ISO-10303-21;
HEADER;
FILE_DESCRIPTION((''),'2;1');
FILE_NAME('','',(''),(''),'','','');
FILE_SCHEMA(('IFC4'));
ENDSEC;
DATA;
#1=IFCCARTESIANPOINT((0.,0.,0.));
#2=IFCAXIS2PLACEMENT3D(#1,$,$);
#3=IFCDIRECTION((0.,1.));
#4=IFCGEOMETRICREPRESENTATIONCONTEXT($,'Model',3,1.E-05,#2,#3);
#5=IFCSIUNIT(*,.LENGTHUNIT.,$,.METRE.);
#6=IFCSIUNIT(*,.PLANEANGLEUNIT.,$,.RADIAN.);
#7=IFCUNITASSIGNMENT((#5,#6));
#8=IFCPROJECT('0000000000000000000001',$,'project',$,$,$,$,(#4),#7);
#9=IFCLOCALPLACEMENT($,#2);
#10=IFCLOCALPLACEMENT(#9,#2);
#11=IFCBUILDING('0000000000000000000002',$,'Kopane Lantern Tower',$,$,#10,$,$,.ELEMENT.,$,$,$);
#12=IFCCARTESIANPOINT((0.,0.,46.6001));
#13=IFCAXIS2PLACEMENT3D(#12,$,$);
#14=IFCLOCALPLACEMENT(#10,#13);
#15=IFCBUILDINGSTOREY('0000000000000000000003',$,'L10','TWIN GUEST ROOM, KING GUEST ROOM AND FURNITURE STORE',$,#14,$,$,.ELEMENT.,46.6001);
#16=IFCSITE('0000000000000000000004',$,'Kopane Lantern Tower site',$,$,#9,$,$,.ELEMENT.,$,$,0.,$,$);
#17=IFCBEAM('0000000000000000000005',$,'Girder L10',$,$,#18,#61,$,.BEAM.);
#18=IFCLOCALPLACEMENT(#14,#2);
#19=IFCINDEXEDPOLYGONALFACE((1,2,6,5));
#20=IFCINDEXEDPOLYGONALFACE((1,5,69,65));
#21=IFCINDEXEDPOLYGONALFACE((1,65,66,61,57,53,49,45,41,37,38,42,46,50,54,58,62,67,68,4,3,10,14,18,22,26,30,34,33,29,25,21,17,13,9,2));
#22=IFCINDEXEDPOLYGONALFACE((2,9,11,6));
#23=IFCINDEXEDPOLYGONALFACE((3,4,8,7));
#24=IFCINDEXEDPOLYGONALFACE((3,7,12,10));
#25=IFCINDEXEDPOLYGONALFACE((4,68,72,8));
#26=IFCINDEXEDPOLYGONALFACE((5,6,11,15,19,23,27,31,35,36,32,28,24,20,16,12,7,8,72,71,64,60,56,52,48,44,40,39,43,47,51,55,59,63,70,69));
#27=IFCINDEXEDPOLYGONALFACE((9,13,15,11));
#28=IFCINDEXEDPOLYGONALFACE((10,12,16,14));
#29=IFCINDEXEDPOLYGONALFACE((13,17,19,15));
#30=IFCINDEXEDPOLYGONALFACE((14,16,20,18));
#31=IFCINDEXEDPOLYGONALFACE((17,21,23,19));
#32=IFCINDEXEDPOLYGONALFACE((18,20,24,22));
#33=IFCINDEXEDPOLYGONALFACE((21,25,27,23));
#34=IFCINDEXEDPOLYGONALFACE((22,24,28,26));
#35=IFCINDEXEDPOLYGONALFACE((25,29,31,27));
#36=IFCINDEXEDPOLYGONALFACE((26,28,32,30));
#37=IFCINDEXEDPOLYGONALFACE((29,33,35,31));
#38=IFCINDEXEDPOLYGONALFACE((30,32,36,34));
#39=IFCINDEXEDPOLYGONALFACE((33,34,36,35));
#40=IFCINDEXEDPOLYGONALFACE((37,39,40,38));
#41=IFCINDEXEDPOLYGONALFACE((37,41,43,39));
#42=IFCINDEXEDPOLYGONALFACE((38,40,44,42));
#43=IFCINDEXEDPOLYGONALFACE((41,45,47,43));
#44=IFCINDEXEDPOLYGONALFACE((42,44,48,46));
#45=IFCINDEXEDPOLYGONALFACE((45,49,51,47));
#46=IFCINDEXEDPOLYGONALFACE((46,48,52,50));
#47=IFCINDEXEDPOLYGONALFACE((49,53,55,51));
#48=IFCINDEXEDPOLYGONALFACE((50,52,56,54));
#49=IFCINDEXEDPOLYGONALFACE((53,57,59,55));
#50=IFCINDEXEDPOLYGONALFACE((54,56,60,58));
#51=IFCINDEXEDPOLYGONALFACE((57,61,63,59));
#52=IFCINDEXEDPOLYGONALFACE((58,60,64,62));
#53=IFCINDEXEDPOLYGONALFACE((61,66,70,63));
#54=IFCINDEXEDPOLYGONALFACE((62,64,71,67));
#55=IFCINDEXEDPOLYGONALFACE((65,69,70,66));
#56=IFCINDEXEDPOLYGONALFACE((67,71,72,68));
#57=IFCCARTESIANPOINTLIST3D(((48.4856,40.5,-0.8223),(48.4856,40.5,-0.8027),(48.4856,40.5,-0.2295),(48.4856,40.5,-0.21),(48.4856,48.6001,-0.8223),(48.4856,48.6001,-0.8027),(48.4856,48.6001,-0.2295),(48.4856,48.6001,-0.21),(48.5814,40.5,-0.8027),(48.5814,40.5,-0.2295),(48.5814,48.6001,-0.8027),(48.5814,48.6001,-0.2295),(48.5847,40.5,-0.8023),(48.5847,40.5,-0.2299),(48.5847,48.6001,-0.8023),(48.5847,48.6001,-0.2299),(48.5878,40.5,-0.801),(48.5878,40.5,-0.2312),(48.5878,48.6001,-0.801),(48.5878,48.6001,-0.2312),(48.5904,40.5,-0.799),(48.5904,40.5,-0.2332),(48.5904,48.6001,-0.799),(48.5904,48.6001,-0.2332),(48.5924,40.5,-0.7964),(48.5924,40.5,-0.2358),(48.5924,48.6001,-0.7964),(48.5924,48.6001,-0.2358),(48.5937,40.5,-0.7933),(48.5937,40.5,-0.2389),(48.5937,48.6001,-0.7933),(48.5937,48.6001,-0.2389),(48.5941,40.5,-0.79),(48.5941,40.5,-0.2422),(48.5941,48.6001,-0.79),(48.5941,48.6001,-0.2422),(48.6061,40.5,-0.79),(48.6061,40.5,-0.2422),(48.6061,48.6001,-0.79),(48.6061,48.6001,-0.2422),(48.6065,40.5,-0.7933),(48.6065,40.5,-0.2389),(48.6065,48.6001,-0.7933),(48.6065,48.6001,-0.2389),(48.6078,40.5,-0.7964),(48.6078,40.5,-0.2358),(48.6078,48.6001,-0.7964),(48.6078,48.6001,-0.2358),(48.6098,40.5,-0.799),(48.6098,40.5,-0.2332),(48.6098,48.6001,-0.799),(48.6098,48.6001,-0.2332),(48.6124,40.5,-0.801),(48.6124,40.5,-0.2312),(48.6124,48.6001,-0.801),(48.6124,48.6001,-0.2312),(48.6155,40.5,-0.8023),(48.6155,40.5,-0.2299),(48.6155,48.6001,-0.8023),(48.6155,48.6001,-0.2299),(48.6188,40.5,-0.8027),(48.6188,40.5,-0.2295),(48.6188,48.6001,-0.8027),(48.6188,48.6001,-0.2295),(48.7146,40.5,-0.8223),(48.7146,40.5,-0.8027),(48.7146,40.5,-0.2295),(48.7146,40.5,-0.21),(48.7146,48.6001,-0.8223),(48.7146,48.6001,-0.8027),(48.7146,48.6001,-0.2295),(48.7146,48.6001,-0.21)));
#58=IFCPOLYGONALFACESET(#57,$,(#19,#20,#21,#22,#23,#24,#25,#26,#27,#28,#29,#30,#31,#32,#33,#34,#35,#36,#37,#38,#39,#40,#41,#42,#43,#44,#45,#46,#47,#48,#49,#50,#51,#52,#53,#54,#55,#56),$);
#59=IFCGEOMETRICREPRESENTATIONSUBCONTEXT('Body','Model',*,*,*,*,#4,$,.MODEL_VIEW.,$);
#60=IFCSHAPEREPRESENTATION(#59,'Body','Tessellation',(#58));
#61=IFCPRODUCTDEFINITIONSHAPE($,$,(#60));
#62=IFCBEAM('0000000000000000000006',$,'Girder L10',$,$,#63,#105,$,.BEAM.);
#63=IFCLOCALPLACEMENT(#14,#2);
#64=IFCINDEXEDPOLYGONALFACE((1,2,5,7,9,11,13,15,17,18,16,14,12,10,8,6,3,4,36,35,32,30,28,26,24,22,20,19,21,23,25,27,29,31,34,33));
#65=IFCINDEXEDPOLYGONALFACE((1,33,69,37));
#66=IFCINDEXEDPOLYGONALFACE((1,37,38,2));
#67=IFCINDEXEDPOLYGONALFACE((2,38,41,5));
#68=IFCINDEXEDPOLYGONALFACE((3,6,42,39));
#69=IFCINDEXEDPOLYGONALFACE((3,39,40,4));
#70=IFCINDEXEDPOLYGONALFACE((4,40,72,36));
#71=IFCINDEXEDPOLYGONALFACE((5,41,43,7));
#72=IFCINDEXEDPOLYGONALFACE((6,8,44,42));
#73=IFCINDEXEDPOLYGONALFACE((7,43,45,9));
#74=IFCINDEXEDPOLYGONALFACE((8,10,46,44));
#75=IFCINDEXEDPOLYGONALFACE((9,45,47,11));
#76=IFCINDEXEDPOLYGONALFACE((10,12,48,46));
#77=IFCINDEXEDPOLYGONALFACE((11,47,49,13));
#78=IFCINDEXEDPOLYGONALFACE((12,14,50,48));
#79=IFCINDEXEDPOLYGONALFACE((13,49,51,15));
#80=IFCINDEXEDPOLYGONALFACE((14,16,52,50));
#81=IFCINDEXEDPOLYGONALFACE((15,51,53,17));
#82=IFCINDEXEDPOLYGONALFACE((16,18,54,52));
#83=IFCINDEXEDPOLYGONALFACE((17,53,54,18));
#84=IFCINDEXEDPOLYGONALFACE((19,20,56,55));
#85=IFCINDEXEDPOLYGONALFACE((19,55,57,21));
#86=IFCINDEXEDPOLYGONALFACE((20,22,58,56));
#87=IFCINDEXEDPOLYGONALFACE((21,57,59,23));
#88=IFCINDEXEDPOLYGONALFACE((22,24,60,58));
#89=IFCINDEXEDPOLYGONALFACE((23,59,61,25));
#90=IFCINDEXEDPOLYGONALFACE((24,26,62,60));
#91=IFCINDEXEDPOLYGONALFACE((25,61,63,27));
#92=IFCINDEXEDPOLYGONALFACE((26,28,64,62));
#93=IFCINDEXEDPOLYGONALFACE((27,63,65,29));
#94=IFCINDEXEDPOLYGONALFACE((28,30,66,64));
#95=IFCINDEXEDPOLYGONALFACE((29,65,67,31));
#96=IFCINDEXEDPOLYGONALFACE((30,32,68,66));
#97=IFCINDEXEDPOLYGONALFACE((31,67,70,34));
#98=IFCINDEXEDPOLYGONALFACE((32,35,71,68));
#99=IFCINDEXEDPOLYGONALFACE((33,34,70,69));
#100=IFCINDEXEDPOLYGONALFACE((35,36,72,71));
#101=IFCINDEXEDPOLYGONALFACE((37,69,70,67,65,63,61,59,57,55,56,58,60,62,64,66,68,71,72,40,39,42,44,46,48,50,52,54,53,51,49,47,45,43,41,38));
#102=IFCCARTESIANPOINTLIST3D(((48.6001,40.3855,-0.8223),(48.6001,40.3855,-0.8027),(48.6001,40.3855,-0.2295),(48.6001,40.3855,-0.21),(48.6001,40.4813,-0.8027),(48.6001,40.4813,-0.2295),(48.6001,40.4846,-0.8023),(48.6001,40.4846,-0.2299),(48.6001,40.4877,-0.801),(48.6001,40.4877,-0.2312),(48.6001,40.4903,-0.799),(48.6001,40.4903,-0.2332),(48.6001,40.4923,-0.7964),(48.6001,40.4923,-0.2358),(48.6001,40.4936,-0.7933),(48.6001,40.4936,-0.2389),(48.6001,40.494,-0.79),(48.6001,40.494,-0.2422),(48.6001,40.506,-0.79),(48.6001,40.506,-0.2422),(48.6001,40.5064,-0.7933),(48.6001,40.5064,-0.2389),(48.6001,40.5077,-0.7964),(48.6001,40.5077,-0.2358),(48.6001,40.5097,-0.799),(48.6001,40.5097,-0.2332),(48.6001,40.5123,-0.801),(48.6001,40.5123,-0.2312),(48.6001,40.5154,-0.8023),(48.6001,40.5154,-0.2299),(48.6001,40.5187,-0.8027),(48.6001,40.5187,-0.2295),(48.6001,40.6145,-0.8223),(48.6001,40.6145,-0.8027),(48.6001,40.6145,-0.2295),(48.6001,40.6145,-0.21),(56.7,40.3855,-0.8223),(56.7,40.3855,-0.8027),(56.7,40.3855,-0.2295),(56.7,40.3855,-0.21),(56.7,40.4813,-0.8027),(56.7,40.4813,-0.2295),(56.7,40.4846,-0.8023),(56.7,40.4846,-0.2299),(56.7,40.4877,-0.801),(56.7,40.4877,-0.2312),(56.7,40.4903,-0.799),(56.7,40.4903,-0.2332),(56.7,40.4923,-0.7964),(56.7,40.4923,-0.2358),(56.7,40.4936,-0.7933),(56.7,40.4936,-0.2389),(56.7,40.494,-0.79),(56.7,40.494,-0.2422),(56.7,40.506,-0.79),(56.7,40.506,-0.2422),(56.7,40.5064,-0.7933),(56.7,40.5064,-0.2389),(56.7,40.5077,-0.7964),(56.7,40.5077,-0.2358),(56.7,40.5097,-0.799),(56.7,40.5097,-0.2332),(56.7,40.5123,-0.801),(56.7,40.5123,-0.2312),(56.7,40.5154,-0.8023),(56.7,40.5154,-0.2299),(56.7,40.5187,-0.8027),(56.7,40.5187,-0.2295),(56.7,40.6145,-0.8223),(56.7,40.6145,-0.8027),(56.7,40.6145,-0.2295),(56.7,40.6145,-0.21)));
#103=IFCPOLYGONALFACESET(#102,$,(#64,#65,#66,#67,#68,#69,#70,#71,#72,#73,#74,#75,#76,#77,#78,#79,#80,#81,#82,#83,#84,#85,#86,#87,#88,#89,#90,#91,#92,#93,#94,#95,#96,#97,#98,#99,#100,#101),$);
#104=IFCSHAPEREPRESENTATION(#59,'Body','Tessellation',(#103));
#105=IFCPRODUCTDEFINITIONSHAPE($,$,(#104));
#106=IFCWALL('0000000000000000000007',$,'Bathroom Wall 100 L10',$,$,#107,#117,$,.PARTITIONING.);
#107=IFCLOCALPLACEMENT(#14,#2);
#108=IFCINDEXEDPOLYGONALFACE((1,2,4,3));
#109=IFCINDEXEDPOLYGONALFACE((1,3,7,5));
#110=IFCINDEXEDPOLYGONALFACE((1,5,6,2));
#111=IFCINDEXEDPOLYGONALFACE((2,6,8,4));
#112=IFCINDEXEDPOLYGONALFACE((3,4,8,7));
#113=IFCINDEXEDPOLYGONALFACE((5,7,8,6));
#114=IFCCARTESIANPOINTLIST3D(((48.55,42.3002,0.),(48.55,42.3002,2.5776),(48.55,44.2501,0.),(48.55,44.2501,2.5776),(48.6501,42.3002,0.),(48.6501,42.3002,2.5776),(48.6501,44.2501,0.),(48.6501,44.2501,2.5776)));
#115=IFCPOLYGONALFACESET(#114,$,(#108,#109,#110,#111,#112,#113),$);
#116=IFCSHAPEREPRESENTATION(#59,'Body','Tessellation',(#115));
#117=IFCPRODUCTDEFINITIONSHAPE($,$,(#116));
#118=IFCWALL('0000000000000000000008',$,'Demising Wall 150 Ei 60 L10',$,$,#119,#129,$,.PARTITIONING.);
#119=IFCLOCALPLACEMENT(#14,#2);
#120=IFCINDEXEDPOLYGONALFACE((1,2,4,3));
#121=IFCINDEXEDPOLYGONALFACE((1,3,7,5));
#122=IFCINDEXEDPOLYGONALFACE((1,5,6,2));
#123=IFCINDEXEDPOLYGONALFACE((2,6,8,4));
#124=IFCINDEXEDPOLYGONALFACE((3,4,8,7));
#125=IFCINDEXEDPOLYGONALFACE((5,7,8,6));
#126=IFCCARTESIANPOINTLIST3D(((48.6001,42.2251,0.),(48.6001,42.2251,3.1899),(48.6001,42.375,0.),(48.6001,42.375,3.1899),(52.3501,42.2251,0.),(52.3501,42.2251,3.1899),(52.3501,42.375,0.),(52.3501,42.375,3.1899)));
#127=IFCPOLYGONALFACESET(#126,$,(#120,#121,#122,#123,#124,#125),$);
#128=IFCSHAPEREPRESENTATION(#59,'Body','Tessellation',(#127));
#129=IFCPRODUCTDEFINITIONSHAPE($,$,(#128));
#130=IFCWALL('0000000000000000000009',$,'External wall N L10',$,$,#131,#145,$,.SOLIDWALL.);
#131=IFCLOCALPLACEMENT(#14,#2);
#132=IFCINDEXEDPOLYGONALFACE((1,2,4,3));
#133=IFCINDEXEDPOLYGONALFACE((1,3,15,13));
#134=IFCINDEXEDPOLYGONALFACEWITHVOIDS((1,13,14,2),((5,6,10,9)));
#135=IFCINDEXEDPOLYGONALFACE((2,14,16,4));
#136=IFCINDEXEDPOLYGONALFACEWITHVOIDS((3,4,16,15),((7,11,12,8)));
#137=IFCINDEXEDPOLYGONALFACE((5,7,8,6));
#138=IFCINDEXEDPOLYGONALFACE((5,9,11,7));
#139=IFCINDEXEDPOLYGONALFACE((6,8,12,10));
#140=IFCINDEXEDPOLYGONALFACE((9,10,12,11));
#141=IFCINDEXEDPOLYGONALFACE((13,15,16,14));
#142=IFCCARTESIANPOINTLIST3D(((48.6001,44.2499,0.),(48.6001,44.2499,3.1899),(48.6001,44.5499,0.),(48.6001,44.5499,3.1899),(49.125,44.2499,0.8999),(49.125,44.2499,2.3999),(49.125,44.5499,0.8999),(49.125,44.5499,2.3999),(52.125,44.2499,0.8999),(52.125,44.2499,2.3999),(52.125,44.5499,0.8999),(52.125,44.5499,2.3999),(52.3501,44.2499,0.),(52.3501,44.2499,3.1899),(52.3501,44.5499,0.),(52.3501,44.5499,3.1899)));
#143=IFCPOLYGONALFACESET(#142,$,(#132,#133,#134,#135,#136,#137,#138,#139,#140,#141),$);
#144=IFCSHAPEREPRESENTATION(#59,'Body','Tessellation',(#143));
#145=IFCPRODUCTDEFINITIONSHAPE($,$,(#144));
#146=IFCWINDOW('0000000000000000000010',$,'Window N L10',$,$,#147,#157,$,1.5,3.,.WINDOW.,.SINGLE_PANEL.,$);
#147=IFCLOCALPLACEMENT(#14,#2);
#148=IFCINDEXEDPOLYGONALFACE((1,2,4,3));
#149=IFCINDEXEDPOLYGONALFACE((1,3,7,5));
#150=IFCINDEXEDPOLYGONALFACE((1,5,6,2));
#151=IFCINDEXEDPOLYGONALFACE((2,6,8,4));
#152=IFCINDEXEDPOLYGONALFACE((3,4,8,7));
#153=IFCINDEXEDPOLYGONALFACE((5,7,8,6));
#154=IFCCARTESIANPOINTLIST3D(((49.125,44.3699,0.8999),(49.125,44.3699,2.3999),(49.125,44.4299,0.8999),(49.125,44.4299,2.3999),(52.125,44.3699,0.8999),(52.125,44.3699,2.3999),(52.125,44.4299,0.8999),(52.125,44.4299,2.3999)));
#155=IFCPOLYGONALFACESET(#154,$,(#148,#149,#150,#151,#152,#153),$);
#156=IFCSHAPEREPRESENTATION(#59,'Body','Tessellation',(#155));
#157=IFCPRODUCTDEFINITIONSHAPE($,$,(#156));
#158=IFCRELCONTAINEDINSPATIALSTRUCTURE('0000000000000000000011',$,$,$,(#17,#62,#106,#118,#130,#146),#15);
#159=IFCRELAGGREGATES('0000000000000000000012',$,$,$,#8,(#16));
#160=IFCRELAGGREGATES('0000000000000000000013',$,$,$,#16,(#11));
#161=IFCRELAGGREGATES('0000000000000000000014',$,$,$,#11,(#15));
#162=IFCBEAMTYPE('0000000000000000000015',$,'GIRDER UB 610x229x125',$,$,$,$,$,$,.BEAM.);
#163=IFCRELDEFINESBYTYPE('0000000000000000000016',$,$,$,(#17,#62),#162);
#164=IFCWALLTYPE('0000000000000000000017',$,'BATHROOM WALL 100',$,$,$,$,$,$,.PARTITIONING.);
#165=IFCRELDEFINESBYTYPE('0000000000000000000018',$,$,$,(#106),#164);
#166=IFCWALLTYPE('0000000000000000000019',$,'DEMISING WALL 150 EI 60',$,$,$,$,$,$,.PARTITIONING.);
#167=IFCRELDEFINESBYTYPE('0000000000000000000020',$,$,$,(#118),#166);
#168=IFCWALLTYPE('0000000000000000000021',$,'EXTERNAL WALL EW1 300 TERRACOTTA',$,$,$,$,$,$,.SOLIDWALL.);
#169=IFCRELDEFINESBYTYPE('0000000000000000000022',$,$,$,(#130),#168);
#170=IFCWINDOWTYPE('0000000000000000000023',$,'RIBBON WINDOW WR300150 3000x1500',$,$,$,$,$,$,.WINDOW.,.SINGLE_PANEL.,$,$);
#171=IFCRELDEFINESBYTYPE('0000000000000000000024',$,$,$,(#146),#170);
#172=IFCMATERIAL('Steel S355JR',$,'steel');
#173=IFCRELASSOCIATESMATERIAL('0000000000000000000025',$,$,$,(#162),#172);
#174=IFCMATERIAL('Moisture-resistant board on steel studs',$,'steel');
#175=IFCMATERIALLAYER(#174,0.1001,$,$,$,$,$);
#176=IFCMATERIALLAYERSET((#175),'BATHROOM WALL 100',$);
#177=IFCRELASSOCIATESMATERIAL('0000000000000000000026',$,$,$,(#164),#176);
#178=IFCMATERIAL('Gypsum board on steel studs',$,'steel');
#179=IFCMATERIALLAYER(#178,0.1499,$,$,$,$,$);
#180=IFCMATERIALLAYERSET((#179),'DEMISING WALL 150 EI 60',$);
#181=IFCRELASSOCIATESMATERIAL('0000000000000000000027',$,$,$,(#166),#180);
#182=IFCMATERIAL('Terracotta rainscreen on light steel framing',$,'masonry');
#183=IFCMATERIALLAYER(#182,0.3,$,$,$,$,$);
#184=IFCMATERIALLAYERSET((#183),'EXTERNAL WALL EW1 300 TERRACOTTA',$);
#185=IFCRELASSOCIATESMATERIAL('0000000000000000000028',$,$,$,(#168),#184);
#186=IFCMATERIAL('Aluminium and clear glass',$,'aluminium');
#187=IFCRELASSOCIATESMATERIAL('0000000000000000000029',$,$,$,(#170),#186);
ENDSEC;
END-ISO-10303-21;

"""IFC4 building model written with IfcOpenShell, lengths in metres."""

from ifc_helpers import new_model, si_unit, direction, frame, frame_2d, origin, origin_2d, place, context, subcontext, project, spatial, rectangle, i_section, extrude, material, layer, layer_set, material_profile, profile_set, type_object, element, fill, save


model = new_model("IFC4")

# Units and contexts
model_context = context("Model", 3, precision=1e-05, world=origin(), true_north=direction((0.0, 1.0)))
body_context = subcontext(model_context, "Body", "Model", "MODEL_VIEW")
ifc_project = project(units=[si_unit("LENGTHUNIT", "METRE"), si_unit("PLANEANGLEUNIT", "RADIAN")], contexts=[model_context])

# Site, building, storey
site_placement = place(None, origin())
site = spatial("IfcSite", under=ifc_project, at=site_placement, Name="Kopane Lantern Tower site", CompositionType="ELEMENT", RefElevation=0.0)
building_placement = place(site_placement, origin())
building = spatial("IfcBuilding", under=site, at=building_placement, Name="Kopane Lantern Tower", CompositionType="ELEMENT")
storey_placement = place(building_placement, frame((0.0, 0.0, 46.6001)))
storey = spatial("IfcBuildingStorey", under=building, at=storey_placement, Name="L10", Description="TWIN GUEST ROOM, KING GUEST ROOM AND FURNITURE STORE", CompositionType="ELEMENT", Elevation=46.6001)

# Beams
ifc_material_1 = material(Name="Steel S355JR", Category="steel")
ifc_material_profile_1 = material_profile(ifc_material_1, i_section(OverallWidth=0.229, OverallDepth=0.6123, WebThickness=0.012, FlangeThickness=0.0195, FilletRadius=0.0127, at=origin_2d()), Name="UB 610x229x125")
ifc_profile_set_1 = profile_set([ifc_material_profile_1], Name="Steel S355JR")
beam_type_1 = type_object("IfcBeamType", Name="GIRDER UB 610x229x125", PredefinedType="BEAM", material=ifc_profile_set_1)
beam_1_placement = place(storey_placement, frame((48.6001, 40.5, -0.5161), z_axis=(0.0, 1.0, 0.0), x_axis=(-1.0, 0.0, 0.0)))
element("IfcBeam", 1, at=beam_1_placement, inside=storey, type_object=beam_type_1, Name="Girder L10", PredefinedType="BEAM", context=body_context, shape_type="SweptSolid", body=[
    extrude(i_section(OverallWidth=0.229, OverallDepth=0.6123, WebThickness=0.012, FlangeThickness=0.0195, FilletRadius=0.0127, at=origin_2d()), origin(), (0.0, 0.0, 1.0), 8.1001),
])
beam_2_placement = place(storey_placement, frame((48.6001, 40.5, -0.5161), z_axis=(1.0, 0.0, 0.0), x_axis=(0.0, 1.0, 0.0)))
element("IfcBeam", 2, at=beam_2_placement, inside=storey, type_object=beam_type_1, Name="Girder L10", PredefinedType="BEAM", context=body_context, shape_type="SweptSolid", body=[
    extrude(i_section(OverallWidth=0.229, OverallDepth=0.6123, WebThickness=0.012, FlangeThickness=0.0195, FilletRadius=0.0127, at=origin_2d()), origin(), (0.0, 0.0, 1.0), 8.0999),
])

# Walls
ifc_material_2 = material(Name="Moisture-resistant board on steel studs", Category="steel")
ifc_layer_1 = layer(ifc_material_2, 0.1001)
ifc_layer_set_1 = layer_set([ifc_layer_1], Name="BATHROOM WALL 100")
wall_type_1 = type_object("IfcWallType", Name="BATHROOM WALL 100", PredefinedType="PARTITIONING", material=ifc_layer_set_1)
wall_1_placement = place(storey_placement, frame((48.6001, 42.3, 0.0), z_axis=(0.0, 0.0, 1.0), x_axis=(0.0, 1.0, 0.0)))
element("IfcWall", 3, at=wall_1_placement, inside=storey, type_object=wall_type_1, Name="Bathroom Wall 100 L10", PredefinedType="PARTITIONING", context=body_context, shape_type="SweptSolid", body=[
    extrude(rectangle(XDim=1.95, YDim=0.1001, at=frame_2d((0.9751, 0.0))), origin(), (0.0, 0.0, 1.0), 2.5776),
])
ifc_material_3 = material(Name="Gypsum board on steel studs", Category="steel")
ifc_layer_2 = layer(ifc_material_3, 0.1499)
ifc_layer_set_2 = layer_set([ifc_layer_2], Name="DEMISING WALL 150 EI 60")
wall_type_2 = type_object("IfcWallType", Name="DEMISING WALL 150 EI 60", PredefinedType="PARTITIONING", material=ifc_layer_set_2)
wall_2_placement = place(storey_placement, frame((48.6001, 42.3, 0.0), z_axis=(0.0, 0.0, 1.0), x_axis=(1.0, 0.0, 0.0)))
element("IfcWall", 4, at=wall_2_placement, inside=storey, type_object=wall_type_2, Name="Demising Wall 150 Ei 60 L10", PredefinedType="PARTITIONING", context=body_context, shape_type="SweptSolid", body=[
    extrude(rectangle(XDim=3.75, YDim=0.1499, at=frame_2d((1.875, 0.0))), origin(), (0.0, 0.0, 1.0), 3.1899),
])

# Wall, opening, window
ifc_material_4 = material(Name="Terracotta rainscreen on light steel framing", Category="masonry")
ifc_layer_3 = layer(ifc_material_4, 0.3)
ifc_layer_set_3 = layer_set([ifc_layer_3], Name="EXTERNAL WALL EW1 300 TERRACOTTA")
wall_type_3 = type_object("IfcWallType", Name="EXTERNAL WALL EW1 300 TERRACOTTA", PredefinedType="SOLIDWALL", material=ifc_layer_set_3)
wall_3_placement = place(storey_placement, frame((52.3501, 44.3999, 0.0), z_axis=(0.0, 0.0, 1.0), x_axis=(-1.0, 0.0, 0.0)))
wall_3 = element("IfcWall", 5, at=wall_3_placement, inside=storey, type_object=wall_type_3, Name="External wall N L10", PredefinedType="SOLIDWALL", context=body_context, shape_type="SweptSolid", body=[
    extrude(rectangle(XDim=3.75, YDim=0.3, at=frame_2d((1.875, 0.0))), origin(), (0.0, 0.0, 1.0), 3.1899),
])
opening_placement = place(wall_3_placement, frame((0.2251, 0.0, 0.8999)))
opening = element("IfcOpeningElement", 6, at=opening_placement, cuts=wall_3, PredefinedType="OPENING", context=body_context, shape_type="SweptSolid", body=[
    extrude(rectangle(XDim=3.0, YDim=1.5, at=frame_2d((1.5, 0.75))), frame((0.0, 0.1599, 0.0), z_axis=(0.0, -1.0, 0.0), x_axis=(1.0, 0.0, 0.0)), (0.0, 0.0, 1.0), 0.3201),
])
ifc_material_5 = material(Name="Aluminium and clear glass", Category="aluminium")
window_type = type_object("IfcWindowType", Name="RIBBON WINDOW WR300150 3000x1500", PartitioningType="SINGLE_PANEL", PredefinedType="WINDOW", material=ifc_material_5)
window_placement = place(opening_placement, origin())
window = element("IfcWindow", 7, at=window_placement, inside=storey, type_object=window_type, Name="Window N L10", OverallHeight=1.5, OverallWidth=3.0, PartitioningType="SINGLE_PANEL", PredefinedType="WINDOW", context=body_context, shape_type="SweptSolid", body=[
    extrude(rectangle(XDim=3.0, YDim=1.5, at=frame_2d((1.5, 0.75))), frame((0.0, 0.03, 0.0), z_axis=(0.0, -1.0, 0.0), x_axis=(1.0, 0.0, 0.0)), (0.0, 0.0, 1.0), 0.0601),
])
fill(opening, window)

save(model, "model.ifc")
